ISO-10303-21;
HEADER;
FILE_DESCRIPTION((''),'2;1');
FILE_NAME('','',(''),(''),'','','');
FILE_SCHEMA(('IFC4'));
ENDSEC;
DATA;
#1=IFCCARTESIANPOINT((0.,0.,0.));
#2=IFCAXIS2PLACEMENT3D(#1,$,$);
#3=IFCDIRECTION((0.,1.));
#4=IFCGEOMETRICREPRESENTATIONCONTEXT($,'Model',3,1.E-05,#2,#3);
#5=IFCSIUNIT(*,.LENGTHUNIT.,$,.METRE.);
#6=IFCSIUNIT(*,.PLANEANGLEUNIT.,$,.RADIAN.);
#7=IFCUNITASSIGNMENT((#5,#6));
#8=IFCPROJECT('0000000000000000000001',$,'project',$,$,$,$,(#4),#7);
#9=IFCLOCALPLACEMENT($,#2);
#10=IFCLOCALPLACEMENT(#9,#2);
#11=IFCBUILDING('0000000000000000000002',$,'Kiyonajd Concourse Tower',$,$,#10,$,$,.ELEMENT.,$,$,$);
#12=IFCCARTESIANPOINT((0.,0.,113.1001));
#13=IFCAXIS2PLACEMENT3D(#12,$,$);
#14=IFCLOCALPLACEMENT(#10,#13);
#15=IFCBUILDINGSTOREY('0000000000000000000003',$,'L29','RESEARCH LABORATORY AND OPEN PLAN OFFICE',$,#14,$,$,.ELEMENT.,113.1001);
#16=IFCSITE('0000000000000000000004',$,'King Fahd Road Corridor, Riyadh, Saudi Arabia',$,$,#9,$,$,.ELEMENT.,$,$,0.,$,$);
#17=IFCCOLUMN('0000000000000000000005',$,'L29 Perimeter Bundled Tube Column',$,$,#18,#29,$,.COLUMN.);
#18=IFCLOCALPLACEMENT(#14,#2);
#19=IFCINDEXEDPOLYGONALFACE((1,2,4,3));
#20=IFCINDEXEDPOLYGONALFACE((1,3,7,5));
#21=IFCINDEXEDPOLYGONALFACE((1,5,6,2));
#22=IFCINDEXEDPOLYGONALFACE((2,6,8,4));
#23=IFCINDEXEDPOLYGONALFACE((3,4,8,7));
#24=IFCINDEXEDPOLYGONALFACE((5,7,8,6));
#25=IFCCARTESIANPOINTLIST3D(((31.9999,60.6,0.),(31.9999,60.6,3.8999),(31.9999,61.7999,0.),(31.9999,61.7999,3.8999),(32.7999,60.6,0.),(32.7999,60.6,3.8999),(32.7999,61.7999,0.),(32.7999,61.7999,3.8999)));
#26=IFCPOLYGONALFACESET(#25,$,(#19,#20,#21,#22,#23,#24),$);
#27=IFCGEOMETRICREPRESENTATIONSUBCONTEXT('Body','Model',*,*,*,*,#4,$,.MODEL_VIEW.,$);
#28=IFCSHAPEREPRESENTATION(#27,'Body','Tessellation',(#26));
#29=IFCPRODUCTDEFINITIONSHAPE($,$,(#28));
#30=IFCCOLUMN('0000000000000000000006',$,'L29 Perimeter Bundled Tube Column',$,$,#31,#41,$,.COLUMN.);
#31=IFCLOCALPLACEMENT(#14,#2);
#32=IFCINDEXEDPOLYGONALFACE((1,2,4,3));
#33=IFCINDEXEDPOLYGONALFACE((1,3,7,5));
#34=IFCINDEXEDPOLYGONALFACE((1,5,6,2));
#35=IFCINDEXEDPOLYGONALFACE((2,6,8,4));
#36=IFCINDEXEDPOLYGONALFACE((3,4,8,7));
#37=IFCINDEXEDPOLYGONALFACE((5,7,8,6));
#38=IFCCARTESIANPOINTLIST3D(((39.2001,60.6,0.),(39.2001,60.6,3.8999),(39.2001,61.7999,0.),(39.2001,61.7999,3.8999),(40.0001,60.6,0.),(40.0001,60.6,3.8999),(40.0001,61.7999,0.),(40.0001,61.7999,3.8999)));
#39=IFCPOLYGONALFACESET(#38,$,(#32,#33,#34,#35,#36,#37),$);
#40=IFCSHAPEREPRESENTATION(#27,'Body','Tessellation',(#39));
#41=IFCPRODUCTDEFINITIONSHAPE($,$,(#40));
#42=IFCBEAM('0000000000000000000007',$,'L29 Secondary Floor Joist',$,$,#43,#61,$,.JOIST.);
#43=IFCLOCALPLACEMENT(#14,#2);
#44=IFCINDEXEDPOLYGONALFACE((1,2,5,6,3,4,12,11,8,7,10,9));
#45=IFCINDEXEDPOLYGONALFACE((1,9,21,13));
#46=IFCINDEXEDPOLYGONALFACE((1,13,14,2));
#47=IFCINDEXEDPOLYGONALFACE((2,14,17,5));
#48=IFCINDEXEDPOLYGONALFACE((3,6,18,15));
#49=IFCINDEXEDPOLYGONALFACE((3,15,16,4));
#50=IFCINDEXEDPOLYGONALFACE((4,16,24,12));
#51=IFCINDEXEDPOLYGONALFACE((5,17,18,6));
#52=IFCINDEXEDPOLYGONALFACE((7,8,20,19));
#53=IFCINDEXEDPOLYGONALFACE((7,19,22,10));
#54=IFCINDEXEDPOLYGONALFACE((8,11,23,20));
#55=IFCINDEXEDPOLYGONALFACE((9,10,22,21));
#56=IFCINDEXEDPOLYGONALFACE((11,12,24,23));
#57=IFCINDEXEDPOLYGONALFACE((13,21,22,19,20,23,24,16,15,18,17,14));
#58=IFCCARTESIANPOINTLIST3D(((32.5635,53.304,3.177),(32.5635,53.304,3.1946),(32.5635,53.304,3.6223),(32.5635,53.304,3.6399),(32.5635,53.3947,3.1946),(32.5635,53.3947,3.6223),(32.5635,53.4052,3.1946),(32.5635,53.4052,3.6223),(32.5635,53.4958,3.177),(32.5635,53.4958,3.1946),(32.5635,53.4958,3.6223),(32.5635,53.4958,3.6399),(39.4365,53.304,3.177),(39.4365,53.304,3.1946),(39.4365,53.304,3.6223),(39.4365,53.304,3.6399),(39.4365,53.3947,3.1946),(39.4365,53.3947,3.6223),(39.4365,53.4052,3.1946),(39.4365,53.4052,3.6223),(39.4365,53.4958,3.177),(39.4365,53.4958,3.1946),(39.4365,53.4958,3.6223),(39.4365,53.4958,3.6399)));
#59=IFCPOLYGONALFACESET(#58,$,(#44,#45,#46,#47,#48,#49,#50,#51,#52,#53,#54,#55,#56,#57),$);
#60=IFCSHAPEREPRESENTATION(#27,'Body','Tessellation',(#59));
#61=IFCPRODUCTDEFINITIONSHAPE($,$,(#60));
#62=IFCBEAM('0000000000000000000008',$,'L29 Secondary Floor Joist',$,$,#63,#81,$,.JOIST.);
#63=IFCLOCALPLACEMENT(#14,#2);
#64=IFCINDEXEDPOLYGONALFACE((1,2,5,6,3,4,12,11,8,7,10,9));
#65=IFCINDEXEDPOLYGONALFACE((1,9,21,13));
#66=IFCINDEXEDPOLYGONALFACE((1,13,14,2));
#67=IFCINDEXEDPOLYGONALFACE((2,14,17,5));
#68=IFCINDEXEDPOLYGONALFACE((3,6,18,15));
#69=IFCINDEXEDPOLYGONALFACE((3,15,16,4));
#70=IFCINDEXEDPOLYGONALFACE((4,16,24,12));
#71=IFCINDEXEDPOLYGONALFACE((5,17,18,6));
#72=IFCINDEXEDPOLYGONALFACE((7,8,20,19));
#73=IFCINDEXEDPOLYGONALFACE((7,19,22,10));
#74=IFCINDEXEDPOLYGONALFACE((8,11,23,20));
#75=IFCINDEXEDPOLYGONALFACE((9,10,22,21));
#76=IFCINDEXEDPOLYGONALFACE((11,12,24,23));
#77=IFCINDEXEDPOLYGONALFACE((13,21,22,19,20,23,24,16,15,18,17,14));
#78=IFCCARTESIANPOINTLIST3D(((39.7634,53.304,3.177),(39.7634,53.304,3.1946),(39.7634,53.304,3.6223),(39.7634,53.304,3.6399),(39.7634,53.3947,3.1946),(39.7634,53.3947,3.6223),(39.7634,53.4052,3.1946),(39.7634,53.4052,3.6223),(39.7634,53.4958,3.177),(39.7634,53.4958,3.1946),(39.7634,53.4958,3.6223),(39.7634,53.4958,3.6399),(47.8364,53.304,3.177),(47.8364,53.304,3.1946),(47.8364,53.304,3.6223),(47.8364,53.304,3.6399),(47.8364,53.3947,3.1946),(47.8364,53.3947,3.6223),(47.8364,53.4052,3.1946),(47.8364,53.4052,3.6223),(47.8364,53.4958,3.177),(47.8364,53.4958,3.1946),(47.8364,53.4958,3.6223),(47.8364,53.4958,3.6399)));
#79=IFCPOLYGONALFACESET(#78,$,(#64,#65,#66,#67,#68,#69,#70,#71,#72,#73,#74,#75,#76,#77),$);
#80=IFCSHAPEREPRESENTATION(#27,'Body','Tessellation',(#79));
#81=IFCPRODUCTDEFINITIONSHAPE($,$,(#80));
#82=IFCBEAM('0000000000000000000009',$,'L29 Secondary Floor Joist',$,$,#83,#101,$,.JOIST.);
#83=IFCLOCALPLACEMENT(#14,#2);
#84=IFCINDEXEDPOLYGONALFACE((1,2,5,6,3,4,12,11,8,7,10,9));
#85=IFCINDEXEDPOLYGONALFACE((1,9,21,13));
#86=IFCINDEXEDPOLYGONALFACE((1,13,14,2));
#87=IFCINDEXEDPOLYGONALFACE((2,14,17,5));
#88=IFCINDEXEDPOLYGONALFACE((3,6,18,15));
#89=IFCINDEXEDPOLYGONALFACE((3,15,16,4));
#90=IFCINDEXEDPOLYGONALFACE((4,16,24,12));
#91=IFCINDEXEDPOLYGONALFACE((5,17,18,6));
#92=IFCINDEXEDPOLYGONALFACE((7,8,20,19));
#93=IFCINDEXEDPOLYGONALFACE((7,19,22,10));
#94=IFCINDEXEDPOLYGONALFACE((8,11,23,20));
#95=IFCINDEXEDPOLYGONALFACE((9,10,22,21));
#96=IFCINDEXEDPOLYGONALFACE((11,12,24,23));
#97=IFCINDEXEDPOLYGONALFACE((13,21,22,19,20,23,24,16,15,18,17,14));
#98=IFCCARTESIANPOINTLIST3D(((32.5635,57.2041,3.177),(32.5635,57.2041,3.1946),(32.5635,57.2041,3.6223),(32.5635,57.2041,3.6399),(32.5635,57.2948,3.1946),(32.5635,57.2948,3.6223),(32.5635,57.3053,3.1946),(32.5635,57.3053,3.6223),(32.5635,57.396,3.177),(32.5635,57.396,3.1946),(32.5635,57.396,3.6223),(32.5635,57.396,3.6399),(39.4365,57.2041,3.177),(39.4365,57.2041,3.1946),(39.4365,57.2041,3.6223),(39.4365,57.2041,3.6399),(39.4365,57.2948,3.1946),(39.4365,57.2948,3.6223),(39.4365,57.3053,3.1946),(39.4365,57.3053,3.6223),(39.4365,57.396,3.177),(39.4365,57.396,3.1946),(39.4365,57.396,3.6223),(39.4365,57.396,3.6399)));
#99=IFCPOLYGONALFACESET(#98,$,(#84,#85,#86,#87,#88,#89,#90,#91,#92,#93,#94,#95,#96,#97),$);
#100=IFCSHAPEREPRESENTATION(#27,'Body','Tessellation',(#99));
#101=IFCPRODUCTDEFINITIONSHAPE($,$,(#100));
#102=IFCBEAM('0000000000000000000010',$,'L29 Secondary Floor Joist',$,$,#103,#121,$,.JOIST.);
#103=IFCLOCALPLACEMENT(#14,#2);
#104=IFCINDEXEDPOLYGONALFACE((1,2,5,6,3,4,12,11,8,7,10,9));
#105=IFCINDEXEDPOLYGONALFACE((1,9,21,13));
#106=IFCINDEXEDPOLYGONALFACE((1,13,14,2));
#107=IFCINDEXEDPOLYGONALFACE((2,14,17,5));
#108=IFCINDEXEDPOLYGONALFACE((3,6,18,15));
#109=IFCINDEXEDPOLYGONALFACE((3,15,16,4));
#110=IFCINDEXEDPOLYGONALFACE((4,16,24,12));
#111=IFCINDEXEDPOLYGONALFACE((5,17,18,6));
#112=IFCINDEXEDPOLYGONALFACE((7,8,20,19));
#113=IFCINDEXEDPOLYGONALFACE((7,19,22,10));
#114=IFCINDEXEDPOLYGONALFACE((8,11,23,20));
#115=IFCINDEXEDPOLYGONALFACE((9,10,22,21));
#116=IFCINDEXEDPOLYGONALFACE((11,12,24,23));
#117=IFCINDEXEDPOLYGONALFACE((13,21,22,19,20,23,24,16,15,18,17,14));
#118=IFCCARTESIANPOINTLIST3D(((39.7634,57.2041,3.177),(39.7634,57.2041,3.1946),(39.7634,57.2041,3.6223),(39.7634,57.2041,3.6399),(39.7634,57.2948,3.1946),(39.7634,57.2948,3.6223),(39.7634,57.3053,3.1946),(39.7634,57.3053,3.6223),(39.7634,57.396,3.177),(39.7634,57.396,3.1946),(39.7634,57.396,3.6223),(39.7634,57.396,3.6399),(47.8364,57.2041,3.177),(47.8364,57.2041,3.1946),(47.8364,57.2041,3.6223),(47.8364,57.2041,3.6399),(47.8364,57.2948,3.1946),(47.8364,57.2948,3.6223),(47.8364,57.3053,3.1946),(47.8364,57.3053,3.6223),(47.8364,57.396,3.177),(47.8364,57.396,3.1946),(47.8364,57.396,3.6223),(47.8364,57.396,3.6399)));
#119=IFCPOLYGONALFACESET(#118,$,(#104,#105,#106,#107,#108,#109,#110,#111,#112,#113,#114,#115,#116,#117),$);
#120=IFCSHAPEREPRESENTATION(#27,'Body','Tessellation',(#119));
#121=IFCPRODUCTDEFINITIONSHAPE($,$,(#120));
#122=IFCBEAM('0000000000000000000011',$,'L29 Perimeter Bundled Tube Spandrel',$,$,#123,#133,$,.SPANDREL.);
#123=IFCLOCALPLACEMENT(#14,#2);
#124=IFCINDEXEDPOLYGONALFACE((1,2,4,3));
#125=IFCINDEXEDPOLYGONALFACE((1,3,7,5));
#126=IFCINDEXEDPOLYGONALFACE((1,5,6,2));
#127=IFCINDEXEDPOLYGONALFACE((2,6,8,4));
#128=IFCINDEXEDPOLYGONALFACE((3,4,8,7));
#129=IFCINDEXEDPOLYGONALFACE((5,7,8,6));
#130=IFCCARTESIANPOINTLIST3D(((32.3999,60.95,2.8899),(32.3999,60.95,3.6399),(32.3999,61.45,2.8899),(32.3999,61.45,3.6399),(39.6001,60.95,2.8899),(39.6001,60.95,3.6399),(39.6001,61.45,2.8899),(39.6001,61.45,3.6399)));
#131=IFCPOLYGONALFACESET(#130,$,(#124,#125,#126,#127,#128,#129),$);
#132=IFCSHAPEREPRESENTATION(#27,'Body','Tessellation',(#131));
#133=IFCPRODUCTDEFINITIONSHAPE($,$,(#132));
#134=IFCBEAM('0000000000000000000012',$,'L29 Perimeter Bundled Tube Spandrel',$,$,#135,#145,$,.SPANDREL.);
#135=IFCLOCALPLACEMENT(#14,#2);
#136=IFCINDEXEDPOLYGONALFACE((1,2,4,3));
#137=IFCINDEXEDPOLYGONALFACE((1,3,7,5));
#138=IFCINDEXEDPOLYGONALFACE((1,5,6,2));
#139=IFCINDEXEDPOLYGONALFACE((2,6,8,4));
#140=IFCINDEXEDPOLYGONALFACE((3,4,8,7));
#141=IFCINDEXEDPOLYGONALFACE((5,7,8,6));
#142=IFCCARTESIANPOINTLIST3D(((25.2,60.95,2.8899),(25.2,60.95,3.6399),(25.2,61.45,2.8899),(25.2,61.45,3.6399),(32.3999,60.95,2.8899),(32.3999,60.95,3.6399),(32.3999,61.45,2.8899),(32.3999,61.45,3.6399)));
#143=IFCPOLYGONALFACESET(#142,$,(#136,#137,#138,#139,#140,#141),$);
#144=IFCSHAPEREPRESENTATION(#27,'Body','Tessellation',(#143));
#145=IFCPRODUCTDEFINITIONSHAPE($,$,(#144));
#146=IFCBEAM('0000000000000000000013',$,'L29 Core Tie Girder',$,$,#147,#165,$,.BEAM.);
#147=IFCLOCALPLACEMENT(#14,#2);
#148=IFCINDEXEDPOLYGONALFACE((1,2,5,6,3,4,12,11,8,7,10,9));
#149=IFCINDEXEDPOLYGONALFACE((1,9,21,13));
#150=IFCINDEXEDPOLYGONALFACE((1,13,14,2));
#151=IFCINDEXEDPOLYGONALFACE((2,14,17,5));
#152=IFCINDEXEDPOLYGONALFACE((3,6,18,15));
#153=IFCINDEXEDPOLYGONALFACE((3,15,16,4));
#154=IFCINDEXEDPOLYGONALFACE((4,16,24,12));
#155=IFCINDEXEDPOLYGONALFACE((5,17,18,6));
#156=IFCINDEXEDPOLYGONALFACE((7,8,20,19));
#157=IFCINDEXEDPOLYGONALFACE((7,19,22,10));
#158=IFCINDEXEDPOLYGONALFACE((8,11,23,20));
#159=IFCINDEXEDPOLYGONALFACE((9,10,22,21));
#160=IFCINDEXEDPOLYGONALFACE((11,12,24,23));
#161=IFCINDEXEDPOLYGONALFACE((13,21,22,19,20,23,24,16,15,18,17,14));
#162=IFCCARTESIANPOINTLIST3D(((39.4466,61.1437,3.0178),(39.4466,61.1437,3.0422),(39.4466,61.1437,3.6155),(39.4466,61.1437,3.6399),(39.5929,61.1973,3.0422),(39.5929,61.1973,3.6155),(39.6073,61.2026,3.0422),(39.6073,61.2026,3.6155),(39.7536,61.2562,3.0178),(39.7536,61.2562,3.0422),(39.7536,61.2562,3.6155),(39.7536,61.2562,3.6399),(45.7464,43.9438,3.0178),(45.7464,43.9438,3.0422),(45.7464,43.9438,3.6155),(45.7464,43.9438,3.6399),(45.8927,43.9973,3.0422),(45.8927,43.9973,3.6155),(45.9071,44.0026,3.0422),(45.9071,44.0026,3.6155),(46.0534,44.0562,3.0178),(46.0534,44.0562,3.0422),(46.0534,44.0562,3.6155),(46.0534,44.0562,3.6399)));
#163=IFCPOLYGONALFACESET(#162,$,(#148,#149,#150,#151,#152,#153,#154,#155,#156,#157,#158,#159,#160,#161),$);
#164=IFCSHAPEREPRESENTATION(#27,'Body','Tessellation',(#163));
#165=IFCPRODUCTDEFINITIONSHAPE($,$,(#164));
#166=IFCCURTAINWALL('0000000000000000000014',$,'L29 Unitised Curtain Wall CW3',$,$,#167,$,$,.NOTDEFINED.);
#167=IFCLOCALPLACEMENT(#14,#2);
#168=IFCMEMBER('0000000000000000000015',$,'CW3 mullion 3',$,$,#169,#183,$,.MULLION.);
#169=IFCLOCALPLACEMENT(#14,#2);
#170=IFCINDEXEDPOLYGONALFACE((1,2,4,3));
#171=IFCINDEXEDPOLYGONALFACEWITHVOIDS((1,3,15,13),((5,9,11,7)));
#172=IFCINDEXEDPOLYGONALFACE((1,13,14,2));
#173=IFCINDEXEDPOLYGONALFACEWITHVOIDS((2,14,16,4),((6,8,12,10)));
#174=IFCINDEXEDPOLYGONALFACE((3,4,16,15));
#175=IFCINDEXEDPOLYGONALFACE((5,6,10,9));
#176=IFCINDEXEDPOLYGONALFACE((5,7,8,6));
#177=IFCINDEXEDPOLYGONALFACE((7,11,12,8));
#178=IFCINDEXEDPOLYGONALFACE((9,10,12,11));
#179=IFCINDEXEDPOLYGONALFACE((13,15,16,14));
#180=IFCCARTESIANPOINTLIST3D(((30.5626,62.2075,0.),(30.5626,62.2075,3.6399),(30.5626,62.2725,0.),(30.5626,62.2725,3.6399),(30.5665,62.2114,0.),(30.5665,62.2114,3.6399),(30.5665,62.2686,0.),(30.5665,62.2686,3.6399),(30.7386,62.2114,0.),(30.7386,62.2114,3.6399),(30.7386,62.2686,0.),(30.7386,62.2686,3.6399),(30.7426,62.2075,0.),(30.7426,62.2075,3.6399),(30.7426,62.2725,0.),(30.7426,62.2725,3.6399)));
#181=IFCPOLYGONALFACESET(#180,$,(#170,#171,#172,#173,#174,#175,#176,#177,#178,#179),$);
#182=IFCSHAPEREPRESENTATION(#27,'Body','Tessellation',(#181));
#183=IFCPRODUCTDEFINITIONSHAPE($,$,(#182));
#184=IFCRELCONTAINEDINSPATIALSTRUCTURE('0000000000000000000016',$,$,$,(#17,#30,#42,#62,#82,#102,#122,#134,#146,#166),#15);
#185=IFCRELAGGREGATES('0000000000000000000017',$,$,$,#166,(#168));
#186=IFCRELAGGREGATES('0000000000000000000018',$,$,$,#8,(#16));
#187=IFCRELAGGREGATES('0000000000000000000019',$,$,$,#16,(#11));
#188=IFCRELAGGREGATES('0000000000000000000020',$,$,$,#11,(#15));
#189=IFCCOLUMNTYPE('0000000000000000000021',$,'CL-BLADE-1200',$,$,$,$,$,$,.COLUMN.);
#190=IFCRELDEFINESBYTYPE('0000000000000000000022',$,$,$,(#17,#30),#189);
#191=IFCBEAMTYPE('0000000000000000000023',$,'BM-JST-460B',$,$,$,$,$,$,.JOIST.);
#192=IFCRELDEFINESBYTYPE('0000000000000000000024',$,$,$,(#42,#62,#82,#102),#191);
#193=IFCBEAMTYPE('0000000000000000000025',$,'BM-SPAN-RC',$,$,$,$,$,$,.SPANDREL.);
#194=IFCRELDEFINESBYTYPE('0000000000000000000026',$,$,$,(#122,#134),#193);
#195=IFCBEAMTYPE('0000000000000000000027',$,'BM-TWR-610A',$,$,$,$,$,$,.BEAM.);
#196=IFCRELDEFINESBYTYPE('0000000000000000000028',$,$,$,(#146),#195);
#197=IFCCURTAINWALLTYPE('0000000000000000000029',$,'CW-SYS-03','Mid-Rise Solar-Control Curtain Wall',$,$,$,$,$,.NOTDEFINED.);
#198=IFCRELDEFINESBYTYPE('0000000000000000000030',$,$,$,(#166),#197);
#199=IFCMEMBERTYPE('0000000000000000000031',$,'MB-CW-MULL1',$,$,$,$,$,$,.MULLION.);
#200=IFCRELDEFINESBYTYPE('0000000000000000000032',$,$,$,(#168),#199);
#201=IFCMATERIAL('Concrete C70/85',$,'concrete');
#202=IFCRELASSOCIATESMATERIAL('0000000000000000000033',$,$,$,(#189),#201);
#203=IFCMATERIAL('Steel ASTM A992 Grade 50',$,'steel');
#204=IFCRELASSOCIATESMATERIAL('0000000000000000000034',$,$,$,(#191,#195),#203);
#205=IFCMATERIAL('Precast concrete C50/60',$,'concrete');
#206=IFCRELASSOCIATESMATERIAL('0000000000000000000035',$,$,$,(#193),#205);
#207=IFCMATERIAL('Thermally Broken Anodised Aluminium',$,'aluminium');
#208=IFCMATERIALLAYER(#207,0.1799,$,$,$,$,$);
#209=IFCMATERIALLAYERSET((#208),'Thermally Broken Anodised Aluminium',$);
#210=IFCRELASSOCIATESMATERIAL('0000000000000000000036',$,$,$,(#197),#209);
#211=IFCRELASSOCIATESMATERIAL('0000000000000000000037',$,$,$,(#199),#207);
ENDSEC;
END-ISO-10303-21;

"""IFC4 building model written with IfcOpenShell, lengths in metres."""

from ifc_helpers import new_model, si_unit, direction, frame, origin, origin_2d, place, context, subcontext, project, spatial, rectangle, hollow_rectangle, i_section, extrude, material, layer, layer_set, material_profile, profile_set, type_object, element, aggregate, save


model = new_model("IFC4")

# Units and contexts
model_context = context("Model", 3, precision=1e-05, world=origin(), true_north=direction((0.0, 1.0)))
body_context = subcontext(model_context, "Body", "Model", "MODEL_VIEW")
ifc_project = project(units=[si_unit("LENGTHUNIT", "METRE"), si_unit("PLANEANGLEUNIT", "RADIAN")], contexts=[model_context])

# Site, building, storey
site_placement = place(None, origin())
site = spatial("IfcSite", under=ifc_project, at=site_placement, Name="King Fahd Road Corridor, Riyadh, Saudi Arabia", CompositionType="ELEMENT", RefElevation=0.0)
building_placement = place(site_placement, origin())
building = spatial("IfcBuilding", under=site, at=building_placement, Name="Kiyonajd Concourse Tower", CompositionType="ELEMENT")
storey_placement = place(building_placement, frame((0.0, 0.0, 113.1001)))
storey = spatial("IfcBuildingStorey", under=building, at=storey_placement, Name="L29", Description="RESEARCH LABORATORY AND OPEN PLAN OFFICE", CompositionType="ELEMENT", Elevation=113.1001)

# Columns
ifc_material_1 = material(Name="Concrete C70/85", Category="concrete")
ifc_material_profile_1 = material_profile(ifc_material_1, rectangle(XDim=0.8, YDim=1.2, at=origin_2d()), Name="RC-1200x800")
ifc_profile_set_1 = profile_set([ifc_material_profile_1], Name="Concrete C70/85")
column_type = type_object("IfcColumnType", Name="CL-BLADE-1200", PredefinedType="COLUMN", material=ifc_profile_set_1)
for number, where, z_axis, x_axis, name in (
    (1, (32.3999, 61.2, 0.0), (0.0, 0.0, 1.0), (1.0, 0.0, 0.0), "L29 Perimeter Bundled Tube Column"),
    (2, (39.6001, 61.2, 0.0), (0.0, 0.0, 1.0), (1.0, 0.0, 0.0), "L29 Perimeter Bundled Tube Column"),
):
    element("IfcColumn", number, at=place(storey_placement, frame(where, z_axis=z_axis, x_axis=x_axis)), inside=storey, type_object=column_type, Name=name, PredefinedType="COLUMN", context=body_context, shape_type="SweptSolid", body=[
        extrude(rectangle(XDim=0.8, YDim=1.2, at=origin_2d()), origin(), (0.0, 0.0, 1.0), 3.8999),
    ])

# Beams
ifc_material_2 = material(Name="Steel ASTM A992 Grade 50", Category="steel")
ifc_material_profile_2 = material_profile(ifc_material_2, i_section(OverallWidth=0.1919, OverallDepth=0.4629, WebThickness=0.0105, FlangeThickness=0.0176, at=origin_2d()), Name="W460X89")
ifc_profile_set_2 = profile_set([ifc_material_profile_2], Name="Steel ASTM A992 Grade 50")
beam_type_1 = type_object("IfcBeamType", Name="BM-JST-460B", PredefinedType="JOIST", material=ifc_profile_set_2)
beam_1_placement = place(storey_placement, frame((32.5635, 53.3999, 3.4084), z_axis=(1.0, 0.0, 0.0), x_axis=(0.0, 1.0, 0.0)))
element("IfcBeam", 3, at=beam_1_placement, inside=storey, type_object=beam_type_1, Name="L29 Secondary Floor Joist", PredefinedType="JOIST", context=body_context, shape_type="SweptSolid", body=[
    extrude(i_section(OverallWidth=0.1919, OverallDepth=0.4629, WebThickness=0.0105, FlangeThickness=0.0176, at=origin_2d()), origin(), (0.0, 0.0, 1.0), 6.873),
])
beam_2_placement = place(storey_placement, frame((39.7634, 53.3999, 3.4084), z_axis=(1.0, 0.0, 0.0), x_axis=(0.0, 1.0, 0.0)))
element("IfcBeam", 4, at=beam_2_placement, inside=storey, type_object=beam_type_1, Name="L29 Secondary Floor Joist", PredefinedType="JOIST", context=body_context, shape_type="SweptSolid", body=[
    extrude(i_section(OverallWidth=0.1919, OverallDepth=0.4629, WebThickness=0.0105, FlangeThickness=0.0176, at=origin_2d()), origin(), (0.0, 0.0, 1.0), 8.073),
])
beam_3_placement = place(storey_placement, frame((32.5635, 57.3, 3.4084), z_axis=(1.0, 0.0, 0.0), x_axis=(0.0, 1.0, 0.0)))
element("IfcBeam", 5, at=beam_3_placement, inside=storey, type_object=beam_type_1, Name="L29 Secondary Floor Joist", PredefinedType="JOIST", context=body_context, shape_type="SweptSolid", body=[
    extrude(i_section(OverallWidth=0.1919, OverallDepth=0.4629, WebThickness=0.0105, FlangeThickness=0.0176, at=origin_2d()), origin(), (0.0, 0.0, 1.0), 6.873),
])
beam_4_placement = place(storey_placement, frame((39.7634, 57.3, 3.4084), z_axis=(1.0, 0.0, 0.0), x_axis=(0.0, 1.0, 0.0)))
element("IfcBeam", 6, at=beam_4_placement, inside=storey, type_object=beam_type_1, Name="L29 Secondary Floor Joist", PredefinedType="JOIST", context=body_context, shape_type="SweptSolid", body=[
    extrude(i_section(OverallWidth=0.1919, OverallDepth=0.4629, WebThickness=0.0105, FlangeThickness=0.0176, at=origin_2d()), origin(), (0.0, 0.0, 1.0), 8.073),
])
ifc_material_3 = material(Name="Precast concrete C50/60", Category="concrete")
ifc_material_profile_3 = material_profile(ifc_material_3, rectangle(XDim=0.5, YDim=0.75, at=origin_2d()), Name="RCBM-500x750")
ifc_profile_set_3 = profile_set([ifc_material_profile_3], Name="Precast concrete C50/60")
beam_type_2 = type_object("IfcBeamType", Name="BM-SPAN-RC", PredefinedType="SPANDREL", material=ifc_profile_set_3)
beam_5_placement = place(storey_placement, frame((39.6001, 61.2, 3.2649), z_axis=(-1.0, 0.0, 0.0), x_axis=(0.0, -1.0, 0.0)))
element("IfcBeam", 7, at=beam_5_placement, inside=storey, type_object=beam_type_2, Name="L29 Perimeter Bundled Tube Spandrel", PredefinedType="SPANDREL", context=body_context, shape_type="SweptSolid", body=[
    extrude(rectangle(XDim=0.5, YDim=0.75, at=origin_2d()), origin(), (0.0, 0.0, 1.0), 7.2002),
])
beam_6_placement = place(storey_placement, frame((32.3999, 61.2, 3.2649), z_axis=(-1.0, 0.0, 0.0), x_axis=(0.0, -1.0, 0.0)))
element("IfcBeam", 8, at=beam_6_placement, inside=storey, type_object=beam_type_2, Name="L29 Perimeter Bundled Tube Spandrel", PredefinedType="SPANDREL", context=body_context, shape_type="SweptSolid", body=[
    extrude(rectangle(XDim=0.5, YDim=0.75, at=origin_2d()), origin(), (0.0, 0.0, 1.0), 7.2),
])
ifc_material_profile_4 = material_profile(ifc_material_2, i_section(OverallWidth=0.3269, OverallDepth=0.6221, WebThickness=0.0154, FlangeThickness=0.0244, at=origin_2d()), Name="W610X195")
ifc_profile_set_4 = profile_set([ifc_material_profile_4], Name="Steel ASTM A992 Grade 50")
beam_type_3 = type_object("IfcBeamType", Name="BM-TWR-610A", PredefinedType="BEAM", material=ifc_profile_set_4)
beam_7_placement = place(storey_placement, frame((39.6001, 61.2, 3.3289), z_axis=(0.343925, -0.938997, 0.0), x_axis=(0.938997, 0.343925, 0.0)))
element("IfcBeam", 9, at=beam_7_placement, inside=storey, type_object=beam_type_3, Name="L29 Core Tie Girder", PredefinedType="BEAM", context=body_context, shape_type="SweptSolid", body=[
    extrude(i_section(OverallWidth=0.3269, OverallDepth=0.6221, WebThickness=0.0154, FlangeThickness=0.0244, at=origin_2d()), origin(), (0.0, 0.0, 1.0), 18.3174),
])

# Curtain wall, member
ifc_material_4 = material(Name="Thermally Broken Anodised Aluminium", Category="aluminium")
ifc_layer_1 = layer(ifc_material_4, 0.1799)
ifc_layer_set_1 = layer_set([ifc_layer_1], Name="Thermally Broken Anodised Aluminium")
curtain_wall_type = type_object("IfcCurtainWallType", Name="CW-SYS-03", Description="Mid-Rise Solar-Control Curtain Wall", PredefinedType="NOTDEFINED", material=ifc_layer_set_1)
curtain_wall_placement = place(storey_placement, origin())
curtain_wall = element("IfcCurtainWall", 10, at=curtain_wall_placement, inside=storey, type_object=curtain_wall_type, Name="L29 Unitised Curtain Wall CW3", PredefinedType="NOTDEFINED")
ifc_material_profile_5 = material_profile(ifc_material_4, hollow_rectangle(XDim=0.0649, YDim=0.1799, WallThickness=0.0039, at=origin_2d()), Name="MULL-65x180")
ifc_profile_set_5 = profile_set([ifc_material_profile_5], Name="Thermally Broken Anodised Aluminium")
member_type_1 = type_object("IfcMemberType", Name="MB-CW-MULL1", PredefinedType="MULLION", material=ifc_profile_set_5)
member_1_placement = place(storey_placement, frame((30.6526, 62.24, 0.0), z_axis=(0.0, 0.0, 1.0), x_axis=(0.0, 1.0, 0.0)))
member_1 = element("IfcMember", 11, at=member_1_placement, type_object=member_type_1, Name="CW3 mullion 3", PredefinedType="MULLION", context=body_context, shape_type="SweptSolid", body=[
    extrude(hollow_rectangle(XDim=0.0649, YDim=0.1799, WallThickness=0.0039, at=origin_2d()), origin(), (0.0, 0.0, 1.0), 3.6399),
])
aggregate(curtain_wall, [member_1])

save(model, "model.ifc")
